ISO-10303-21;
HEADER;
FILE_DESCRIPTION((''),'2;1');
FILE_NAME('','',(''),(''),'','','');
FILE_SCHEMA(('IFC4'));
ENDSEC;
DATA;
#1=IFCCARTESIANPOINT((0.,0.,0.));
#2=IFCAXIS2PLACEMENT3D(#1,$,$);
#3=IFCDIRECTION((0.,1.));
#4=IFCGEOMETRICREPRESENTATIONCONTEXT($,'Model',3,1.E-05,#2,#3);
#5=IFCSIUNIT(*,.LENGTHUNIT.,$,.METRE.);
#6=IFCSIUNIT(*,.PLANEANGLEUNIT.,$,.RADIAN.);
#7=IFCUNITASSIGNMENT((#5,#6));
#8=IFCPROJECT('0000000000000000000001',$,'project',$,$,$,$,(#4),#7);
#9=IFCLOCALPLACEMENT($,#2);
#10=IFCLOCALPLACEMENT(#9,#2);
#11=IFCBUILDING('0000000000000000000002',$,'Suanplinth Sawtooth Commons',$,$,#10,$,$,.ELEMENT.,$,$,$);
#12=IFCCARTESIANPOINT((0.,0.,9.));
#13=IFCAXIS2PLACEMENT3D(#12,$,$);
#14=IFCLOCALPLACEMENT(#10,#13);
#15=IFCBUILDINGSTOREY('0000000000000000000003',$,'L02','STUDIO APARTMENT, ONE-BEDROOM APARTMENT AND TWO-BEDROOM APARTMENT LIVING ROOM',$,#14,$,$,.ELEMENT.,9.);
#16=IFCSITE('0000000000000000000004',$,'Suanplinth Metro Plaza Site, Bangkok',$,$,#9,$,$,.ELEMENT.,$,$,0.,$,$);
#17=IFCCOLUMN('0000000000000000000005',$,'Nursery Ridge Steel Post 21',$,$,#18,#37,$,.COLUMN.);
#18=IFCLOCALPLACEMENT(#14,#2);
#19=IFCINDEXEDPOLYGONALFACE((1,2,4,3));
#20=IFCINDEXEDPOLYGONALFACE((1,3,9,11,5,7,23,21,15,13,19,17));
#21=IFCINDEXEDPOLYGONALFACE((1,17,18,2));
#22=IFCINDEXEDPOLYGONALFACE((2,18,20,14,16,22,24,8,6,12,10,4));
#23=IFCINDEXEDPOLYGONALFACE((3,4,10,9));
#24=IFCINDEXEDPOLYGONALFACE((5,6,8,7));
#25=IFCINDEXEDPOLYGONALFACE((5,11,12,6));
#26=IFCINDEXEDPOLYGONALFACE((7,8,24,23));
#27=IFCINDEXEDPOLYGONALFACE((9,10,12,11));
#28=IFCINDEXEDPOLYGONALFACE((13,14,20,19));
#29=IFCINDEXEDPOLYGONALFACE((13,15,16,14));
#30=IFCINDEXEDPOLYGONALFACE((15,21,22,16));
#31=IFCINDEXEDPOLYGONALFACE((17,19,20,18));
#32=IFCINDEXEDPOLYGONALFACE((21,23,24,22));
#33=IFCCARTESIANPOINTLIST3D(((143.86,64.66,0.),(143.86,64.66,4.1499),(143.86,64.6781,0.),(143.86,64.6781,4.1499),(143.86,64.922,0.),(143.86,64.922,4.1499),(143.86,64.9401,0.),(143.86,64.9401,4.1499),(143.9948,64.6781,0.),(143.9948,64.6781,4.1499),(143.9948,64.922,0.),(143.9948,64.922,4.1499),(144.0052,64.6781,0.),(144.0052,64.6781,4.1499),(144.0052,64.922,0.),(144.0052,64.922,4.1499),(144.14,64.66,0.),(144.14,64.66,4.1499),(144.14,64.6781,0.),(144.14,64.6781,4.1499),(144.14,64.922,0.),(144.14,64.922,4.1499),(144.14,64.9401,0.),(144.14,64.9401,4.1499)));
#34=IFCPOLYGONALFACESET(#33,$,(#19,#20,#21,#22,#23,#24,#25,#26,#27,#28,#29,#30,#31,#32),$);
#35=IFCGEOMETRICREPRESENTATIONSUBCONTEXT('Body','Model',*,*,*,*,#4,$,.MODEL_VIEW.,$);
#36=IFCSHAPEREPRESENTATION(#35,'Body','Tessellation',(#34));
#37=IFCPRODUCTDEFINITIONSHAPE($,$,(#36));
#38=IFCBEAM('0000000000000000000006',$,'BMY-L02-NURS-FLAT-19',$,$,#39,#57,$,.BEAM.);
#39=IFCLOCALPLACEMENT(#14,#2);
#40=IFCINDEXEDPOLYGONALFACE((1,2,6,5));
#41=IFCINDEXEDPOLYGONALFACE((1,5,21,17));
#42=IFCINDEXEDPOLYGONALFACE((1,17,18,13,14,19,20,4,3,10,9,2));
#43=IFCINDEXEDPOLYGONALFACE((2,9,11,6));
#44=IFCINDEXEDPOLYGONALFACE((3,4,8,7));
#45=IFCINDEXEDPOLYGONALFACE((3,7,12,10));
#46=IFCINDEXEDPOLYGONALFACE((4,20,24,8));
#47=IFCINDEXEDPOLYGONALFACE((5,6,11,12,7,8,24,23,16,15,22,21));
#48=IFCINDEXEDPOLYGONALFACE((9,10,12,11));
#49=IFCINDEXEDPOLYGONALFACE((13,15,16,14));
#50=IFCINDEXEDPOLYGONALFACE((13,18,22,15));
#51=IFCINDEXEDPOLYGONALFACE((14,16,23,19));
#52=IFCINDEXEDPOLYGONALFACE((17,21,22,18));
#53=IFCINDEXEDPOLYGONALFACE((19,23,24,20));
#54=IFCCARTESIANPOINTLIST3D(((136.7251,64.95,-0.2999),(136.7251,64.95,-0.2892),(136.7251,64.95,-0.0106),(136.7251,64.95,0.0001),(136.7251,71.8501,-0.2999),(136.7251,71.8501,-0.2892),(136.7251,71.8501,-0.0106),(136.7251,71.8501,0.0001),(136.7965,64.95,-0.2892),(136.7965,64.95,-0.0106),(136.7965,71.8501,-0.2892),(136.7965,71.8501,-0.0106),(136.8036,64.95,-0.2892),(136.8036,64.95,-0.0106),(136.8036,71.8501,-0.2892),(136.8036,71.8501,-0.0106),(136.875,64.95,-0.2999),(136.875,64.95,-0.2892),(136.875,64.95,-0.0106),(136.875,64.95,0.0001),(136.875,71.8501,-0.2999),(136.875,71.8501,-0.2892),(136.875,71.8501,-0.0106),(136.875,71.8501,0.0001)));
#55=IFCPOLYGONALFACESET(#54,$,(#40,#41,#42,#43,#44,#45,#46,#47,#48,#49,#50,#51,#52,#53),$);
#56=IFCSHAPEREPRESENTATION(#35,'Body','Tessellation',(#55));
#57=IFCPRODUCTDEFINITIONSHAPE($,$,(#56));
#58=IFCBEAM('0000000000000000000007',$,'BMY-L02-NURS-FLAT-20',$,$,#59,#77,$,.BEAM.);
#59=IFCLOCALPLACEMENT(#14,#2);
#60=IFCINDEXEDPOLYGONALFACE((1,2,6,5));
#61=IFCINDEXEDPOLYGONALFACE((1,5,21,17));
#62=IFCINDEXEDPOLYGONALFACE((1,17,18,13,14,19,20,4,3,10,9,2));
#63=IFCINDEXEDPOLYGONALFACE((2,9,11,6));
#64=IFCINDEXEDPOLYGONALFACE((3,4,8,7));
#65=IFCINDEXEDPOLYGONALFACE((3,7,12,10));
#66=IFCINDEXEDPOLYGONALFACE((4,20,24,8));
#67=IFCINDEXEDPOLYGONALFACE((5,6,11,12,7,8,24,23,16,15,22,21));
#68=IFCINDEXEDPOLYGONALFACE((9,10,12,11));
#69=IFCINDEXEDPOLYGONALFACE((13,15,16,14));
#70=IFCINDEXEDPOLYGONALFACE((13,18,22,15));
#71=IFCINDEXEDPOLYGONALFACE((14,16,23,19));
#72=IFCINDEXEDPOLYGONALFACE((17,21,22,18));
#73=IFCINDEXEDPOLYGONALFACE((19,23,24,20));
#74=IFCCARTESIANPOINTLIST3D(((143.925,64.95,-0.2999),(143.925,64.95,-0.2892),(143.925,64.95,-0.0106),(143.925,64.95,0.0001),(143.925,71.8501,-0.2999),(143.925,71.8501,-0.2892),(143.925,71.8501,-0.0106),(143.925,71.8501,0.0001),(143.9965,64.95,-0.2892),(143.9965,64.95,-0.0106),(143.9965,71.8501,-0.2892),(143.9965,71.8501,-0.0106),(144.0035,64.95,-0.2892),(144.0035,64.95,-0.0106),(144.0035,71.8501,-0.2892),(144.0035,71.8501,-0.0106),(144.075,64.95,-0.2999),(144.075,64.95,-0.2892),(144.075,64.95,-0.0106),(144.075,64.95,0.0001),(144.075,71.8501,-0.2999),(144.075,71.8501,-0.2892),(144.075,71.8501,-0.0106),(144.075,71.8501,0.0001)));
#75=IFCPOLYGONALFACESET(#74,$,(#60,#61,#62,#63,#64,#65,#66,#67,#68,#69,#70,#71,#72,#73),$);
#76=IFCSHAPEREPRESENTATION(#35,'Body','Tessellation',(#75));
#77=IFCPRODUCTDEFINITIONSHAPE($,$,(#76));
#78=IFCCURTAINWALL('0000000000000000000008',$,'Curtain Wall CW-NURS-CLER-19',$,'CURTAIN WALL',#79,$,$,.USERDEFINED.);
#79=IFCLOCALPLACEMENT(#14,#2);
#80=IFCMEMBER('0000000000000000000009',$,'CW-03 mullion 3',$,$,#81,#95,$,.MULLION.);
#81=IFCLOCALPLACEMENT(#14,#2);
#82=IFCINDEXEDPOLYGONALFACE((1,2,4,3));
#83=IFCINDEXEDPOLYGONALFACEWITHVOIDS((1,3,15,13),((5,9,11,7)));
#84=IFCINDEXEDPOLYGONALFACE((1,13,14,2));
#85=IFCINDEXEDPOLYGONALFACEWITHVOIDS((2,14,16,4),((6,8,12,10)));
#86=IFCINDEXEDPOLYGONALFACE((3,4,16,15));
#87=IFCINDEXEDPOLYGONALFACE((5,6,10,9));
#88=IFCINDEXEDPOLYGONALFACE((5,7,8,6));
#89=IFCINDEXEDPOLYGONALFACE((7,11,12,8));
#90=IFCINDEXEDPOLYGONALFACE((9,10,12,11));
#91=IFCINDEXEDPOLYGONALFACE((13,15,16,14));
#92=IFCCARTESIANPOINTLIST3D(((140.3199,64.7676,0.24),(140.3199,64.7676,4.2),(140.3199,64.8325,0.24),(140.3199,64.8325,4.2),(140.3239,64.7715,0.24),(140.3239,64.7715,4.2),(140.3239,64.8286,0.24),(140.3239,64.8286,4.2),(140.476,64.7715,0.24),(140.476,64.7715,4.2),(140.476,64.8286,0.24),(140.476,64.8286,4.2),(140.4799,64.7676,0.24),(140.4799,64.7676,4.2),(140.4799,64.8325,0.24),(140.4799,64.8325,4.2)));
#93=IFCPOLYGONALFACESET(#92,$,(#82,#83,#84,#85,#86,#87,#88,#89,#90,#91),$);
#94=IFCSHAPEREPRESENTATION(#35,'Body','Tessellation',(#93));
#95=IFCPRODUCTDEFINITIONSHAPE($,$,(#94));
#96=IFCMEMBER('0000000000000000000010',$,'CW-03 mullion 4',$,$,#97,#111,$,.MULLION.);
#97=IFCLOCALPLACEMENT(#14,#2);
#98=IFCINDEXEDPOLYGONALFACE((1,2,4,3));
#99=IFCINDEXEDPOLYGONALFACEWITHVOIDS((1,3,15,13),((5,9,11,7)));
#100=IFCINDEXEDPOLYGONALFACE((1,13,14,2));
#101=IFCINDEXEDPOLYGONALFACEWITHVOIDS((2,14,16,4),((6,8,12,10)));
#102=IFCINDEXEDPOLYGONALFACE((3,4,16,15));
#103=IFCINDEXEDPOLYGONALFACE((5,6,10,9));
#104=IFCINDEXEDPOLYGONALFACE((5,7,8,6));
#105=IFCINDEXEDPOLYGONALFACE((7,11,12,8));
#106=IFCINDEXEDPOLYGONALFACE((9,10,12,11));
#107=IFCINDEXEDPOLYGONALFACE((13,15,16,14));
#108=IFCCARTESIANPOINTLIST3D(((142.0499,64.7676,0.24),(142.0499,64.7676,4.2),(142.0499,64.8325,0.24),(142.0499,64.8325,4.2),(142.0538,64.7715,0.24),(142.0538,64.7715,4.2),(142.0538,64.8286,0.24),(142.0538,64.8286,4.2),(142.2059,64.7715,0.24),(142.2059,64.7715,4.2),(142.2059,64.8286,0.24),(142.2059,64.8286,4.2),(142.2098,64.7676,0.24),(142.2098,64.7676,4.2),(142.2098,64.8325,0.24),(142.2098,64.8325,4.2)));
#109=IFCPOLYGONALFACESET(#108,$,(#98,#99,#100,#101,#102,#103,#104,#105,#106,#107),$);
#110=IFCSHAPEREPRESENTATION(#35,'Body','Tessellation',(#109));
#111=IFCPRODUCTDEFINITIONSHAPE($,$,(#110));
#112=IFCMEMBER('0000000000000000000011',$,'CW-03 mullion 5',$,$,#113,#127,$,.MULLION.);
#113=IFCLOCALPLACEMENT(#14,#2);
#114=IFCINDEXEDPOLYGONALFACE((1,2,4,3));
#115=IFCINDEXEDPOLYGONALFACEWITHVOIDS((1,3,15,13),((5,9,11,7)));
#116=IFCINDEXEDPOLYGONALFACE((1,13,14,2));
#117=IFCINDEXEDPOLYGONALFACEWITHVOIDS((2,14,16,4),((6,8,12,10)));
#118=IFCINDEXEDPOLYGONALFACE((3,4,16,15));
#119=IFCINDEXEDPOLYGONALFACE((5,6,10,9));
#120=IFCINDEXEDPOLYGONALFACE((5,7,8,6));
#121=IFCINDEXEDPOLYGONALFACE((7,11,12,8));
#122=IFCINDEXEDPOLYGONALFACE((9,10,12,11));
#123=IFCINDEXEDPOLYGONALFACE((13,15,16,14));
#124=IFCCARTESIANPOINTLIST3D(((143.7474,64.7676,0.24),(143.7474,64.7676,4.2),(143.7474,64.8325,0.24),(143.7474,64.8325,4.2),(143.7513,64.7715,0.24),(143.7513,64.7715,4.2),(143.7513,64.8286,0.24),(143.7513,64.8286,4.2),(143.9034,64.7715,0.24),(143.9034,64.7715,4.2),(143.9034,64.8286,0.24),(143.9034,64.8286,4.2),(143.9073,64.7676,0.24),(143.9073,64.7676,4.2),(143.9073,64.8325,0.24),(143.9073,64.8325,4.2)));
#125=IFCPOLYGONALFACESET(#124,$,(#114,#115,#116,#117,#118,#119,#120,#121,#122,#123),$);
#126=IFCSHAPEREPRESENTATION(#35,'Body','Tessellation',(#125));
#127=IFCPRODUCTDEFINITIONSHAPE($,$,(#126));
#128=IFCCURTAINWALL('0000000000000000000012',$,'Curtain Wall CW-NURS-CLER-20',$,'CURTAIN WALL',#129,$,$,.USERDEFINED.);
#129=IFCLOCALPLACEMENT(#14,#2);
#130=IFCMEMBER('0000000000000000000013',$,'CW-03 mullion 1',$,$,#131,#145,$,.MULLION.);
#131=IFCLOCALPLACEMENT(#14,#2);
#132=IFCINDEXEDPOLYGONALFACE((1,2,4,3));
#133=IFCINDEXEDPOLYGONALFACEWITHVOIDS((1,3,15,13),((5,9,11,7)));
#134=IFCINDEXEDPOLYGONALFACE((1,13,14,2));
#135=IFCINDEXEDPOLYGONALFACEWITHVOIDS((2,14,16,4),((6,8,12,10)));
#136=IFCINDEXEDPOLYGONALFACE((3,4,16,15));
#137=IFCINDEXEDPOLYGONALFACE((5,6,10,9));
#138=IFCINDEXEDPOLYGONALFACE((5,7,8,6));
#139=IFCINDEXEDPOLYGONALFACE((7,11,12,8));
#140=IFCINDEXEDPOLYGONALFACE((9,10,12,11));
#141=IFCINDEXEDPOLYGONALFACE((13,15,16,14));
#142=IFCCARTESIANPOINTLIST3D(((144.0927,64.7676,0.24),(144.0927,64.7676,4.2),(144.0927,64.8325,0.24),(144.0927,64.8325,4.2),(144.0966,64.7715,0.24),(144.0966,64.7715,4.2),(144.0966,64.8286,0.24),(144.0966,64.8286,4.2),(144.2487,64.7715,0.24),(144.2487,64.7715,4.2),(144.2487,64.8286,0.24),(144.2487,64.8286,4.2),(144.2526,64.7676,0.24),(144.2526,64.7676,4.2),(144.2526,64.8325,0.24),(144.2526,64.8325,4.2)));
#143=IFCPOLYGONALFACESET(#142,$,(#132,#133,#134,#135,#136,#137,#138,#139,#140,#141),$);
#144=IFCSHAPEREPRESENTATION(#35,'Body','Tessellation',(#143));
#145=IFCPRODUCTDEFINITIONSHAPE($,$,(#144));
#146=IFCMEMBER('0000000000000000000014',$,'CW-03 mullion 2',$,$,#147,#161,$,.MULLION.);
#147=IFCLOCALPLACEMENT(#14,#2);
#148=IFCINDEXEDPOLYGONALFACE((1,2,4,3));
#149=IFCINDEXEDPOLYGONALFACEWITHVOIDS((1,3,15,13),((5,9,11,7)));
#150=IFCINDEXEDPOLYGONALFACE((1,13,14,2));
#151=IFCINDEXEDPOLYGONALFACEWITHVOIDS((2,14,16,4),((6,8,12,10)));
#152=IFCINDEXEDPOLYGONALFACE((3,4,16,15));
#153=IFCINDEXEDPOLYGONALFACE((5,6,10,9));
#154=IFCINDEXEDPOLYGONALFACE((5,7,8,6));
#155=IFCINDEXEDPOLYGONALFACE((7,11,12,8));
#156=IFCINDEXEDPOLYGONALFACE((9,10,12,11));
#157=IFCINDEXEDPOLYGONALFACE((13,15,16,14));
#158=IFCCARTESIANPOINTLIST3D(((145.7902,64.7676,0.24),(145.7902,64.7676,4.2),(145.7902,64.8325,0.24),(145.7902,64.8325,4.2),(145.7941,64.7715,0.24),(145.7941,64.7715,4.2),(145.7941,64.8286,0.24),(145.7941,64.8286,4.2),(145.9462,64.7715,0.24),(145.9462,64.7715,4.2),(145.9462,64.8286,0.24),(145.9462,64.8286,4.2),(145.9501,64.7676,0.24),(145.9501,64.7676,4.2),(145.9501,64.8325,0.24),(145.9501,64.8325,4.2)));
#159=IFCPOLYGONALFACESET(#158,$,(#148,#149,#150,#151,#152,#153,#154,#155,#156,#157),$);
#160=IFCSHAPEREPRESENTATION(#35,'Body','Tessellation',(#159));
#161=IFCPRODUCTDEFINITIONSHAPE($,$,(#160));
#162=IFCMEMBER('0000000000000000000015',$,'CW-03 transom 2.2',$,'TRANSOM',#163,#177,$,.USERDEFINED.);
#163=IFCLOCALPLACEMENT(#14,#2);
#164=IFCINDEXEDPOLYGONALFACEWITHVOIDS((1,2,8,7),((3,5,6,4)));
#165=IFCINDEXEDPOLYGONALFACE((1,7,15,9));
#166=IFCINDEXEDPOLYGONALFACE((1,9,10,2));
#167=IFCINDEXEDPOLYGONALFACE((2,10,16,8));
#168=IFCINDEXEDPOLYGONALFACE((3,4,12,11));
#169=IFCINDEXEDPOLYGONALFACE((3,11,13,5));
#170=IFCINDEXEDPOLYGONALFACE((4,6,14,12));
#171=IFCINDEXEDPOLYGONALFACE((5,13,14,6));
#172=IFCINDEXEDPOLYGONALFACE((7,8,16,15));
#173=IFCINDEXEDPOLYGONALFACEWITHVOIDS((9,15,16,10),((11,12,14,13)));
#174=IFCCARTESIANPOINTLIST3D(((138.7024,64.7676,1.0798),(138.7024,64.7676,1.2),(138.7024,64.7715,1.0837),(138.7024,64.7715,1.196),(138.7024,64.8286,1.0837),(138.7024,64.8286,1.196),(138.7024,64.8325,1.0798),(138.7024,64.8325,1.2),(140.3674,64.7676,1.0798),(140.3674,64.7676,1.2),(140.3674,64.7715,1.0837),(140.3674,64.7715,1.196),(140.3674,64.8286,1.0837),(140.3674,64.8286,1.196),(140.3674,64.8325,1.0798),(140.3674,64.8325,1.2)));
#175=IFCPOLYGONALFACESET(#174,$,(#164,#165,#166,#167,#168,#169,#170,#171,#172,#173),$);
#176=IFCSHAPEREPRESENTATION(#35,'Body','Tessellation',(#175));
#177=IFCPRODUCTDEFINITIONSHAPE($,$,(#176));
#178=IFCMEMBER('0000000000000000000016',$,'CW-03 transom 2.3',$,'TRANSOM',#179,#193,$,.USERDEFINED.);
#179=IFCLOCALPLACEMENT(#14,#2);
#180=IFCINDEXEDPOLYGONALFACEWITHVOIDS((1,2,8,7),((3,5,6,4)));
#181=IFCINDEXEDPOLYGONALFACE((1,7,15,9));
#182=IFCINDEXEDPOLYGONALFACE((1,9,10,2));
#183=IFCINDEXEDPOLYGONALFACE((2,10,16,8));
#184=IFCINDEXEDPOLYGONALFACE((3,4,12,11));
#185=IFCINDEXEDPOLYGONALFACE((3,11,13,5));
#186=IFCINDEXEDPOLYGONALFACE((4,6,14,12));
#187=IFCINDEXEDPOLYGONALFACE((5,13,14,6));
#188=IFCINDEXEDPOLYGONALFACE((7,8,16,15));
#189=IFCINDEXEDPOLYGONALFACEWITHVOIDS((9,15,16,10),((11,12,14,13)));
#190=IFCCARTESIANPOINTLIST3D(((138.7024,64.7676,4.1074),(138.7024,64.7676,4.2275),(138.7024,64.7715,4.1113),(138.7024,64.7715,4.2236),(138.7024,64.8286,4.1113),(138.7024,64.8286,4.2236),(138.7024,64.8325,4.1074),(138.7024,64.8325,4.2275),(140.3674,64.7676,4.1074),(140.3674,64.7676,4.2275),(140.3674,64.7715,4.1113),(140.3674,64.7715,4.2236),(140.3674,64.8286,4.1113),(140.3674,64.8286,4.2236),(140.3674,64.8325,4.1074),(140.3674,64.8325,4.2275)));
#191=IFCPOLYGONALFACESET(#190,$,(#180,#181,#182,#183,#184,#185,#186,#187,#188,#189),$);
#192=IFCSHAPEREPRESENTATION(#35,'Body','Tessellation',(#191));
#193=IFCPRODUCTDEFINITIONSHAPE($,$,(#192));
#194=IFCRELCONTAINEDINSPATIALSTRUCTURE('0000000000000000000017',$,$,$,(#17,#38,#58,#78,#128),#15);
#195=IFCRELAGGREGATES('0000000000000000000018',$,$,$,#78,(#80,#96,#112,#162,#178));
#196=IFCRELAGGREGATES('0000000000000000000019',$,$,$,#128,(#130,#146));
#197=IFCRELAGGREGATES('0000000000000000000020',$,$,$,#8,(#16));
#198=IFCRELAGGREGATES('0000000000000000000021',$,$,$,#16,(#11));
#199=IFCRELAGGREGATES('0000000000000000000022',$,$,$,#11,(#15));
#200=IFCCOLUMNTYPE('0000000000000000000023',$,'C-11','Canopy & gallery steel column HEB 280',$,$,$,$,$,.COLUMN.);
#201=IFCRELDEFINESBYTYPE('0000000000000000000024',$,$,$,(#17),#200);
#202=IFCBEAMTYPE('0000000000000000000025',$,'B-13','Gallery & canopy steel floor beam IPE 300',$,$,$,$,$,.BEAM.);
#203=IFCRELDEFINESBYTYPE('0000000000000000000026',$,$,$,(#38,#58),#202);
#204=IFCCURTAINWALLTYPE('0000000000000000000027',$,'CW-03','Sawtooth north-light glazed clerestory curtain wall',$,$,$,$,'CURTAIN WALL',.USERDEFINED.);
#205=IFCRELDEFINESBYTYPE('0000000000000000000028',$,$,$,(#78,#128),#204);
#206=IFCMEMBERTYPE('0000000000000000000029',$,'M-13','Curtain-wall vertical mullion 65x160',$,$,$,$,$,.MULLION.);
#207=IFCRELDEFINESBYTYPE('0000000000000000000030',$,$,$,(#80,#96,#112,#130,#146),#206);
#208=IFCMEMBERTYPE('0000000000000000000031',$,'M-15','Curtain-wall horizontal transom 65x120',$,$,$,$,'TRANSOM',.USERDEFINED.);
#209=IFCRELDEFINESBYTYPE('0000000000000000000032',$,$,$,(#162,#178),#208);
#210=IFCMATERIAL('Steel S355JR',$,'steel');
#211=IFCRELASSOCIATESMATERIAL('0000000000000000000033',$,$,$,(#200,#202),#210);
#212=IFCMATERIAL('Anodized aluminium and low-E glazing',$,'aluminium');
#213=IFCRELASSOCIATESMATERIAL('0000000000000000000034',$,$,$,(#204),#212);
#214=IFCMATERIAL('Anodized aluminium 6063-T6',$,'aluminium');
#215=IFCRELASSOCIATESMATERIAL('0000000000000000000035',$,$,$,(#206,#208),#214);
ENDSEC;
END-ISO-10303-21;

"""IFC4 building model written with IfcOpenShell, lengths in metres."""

from ifc_helpers import new_model, si_unit, direction, frame, origin, origin_2d, place, context, subcontext, project, spatial, hollow_rectangle, i_section, extrude, material, material_profile, profile_set, type_object, element, aggregate, save


model = new_model("IFC4")

# Units and contexts
model_context = context("Model", 3, precision=1e-05, world=origin(), true_north=direction((0.0, 1.0)))
body_context = subcontext(model_context, "Body", "Model", "MODEL_VIEW")
ifc_project = project(units=[si_unit("LENGTHUNIT", "METRE"), si_unit("PLANEANGLEUNIT", "RADIAN")], contexts=[model_context])

# Site, building, storey
site_placement = place(None, origin())
site = spatial("IfcSite", under=ifc_project, at=site_placement, Name="Suanplinth Metro Plaza Site, Bangkok", CompositionType="ELEMENT", RefElevation=0.0)
building_placement = place(site_placement, origin())
building = spatial("IfcBuilding", under=site, at=building_placement, Name="Suanplinth Sawtooth Commons", CompositionType="ELEMENT")
storey_placement = place(building_placement, frame((0.0, 0.0, 9.0)))
storey = spatial("IfcBuildingStorey", under=building, at=storey_placement, Name="L02", Description="STUDIO APARTMENT, ONE-BEDROOM APARTMENT AND TWO-BEDROOM APARTMENT LIVING ROOM", CompositionType="ELEMENT", Elevation=9.0)

# Column
ifc_material_1 = material(Name="Steel S355JR", Category="steel")
ifc_material_profile_1 = material_profile(ifc_material_1, i_section(OverallWidth=0.28, OverallDepth=0.28, WebThickness=0.0105, FlangeThickness=0.0181, at=origin_2d()), Name="HEB 280")
ifc_profile_set_1 = profile_set([ifc_material_profile_1], Name="Steel S355JR")
column_type = type_object("IfcColumnType", Name="C-11", Description="Canopy & gallery steel column HEB 280", PredefinedType="COLUMN", material=ifc_profile_set_1)
column_placement = place(storey_placement, frame((144.0, 64.8, 0.0), z_axis=(0.0, 0.0, 1.0), x_axis=(1.0, 0.0, 0.0)))
element("IfcColumn", 1, at=column_placement, inside=storey, type_object=column_type, Name="Nursery Ridge Steel Post 21", PredefinedType="COLUMN", context=body_context, shape_type="SweptSolid", body=[
    extrude(i_section(OverallWidth=0.28, OverallDepth=0.28, WebThickness=0.0105, FlangeThickness=0.0181, at=origin_2d()), origin(), (0.0, 0.0, 1.0), 4.1499),
])

# Beams
ifc_material_profile_2 = material_profile(ifc_material_1, i_section(OverallWidth=0.1499, OverallDepth=0.3, WebThickness=0.0071, FlangeThickness=0.0107, at=origin_2d()), Name="IPE 300")
ifc_profile_set_2 = profile_set([ifc_material_profile_2], Name="Steel S355JR")
beam_type = type_object("IfcBeamType", Name="B-13", Description="Gallery & canopy steel floor beam IPE 300", PredefinedType="BEAM", material=ifc_profile_set_2)
for number, where, z_axis, x_axis, name in (
    (2, (136.8, 64.95, -0.1499), (0.0, 1.0, 0.0), (-1.0, 0.0, 0.0), "BMY-L02-NURS-FLAT-19"),
    (3, (144.0, 64.95, -0.1499), (0.0, 1.0, 0.0), (-1.0, 0.0, 0.0), "BMY-L02-NURS-FLAT-20"),
):
    element("IfcBeam", number, at=place(storey_placement, frame(where, z_axis=z_axis, x_axis=x_axis)), inside=storey, type_object=beam_type, Name=name, PredefinedType="BEAM", context=body_context, shape_type="SweptSolid", body=[
        extrude(i_section(OverallWidth=0.1499, OverallDepth=0.3, WebThickness=0.0071, FlangeThickness=0.0107, at=origin_2d()), origin(), (0.0, 0.0, 1.0), 6.9001),
    ])

# Curtain walls, members
ifc_material_2 = material(Name="Anodized aluminium and low-E glazing", Category="aluminium")
curtain_wall_type = type_object("IfcCurtainWallType", Name="CW-03", Description="Sawtooth north-light glazed clerestory curtain wall", ElementType="CURTAIN WALL", PredefinedType="USERDEFINED", material=ifc_material_2)
curtain_wall_1_placement = place(storey_placement, origin())
curtain_wall_1 = element("IfcCurtainWall", 4, at=curtain_wall_1_placement, inside=storey, type_object=curtain_wall_type, Name="Curtain Wall CW-NURS-CLER-19", ObjectType="CURTAIN WALL", PredefinedType="USERDEFINED")
ifc_material_3 = material(Name="Anodized aluminium 6063-T6", Category="aluminium")
ifc_material_profile_3 = material_profile(ifc_material_3, hollow_rectangle(XDim=0.0649, YDim=0.1599, WallThickness=0.0039, at=origin_2d()), Name="ALU-MUL 65x160")
ifc_profile_set_3 = profile_set([ifc_material_profile_3], Name="Anodized aluminium 6063-T6")
member_type_1 = type_object("IfcMemberType", Name="M-13", Description="Curtain-wall vertical mullion 65x160", PredefinedType="MULLION", material=ifc_profile_set_3)
member_1_placement = place(storey_placement, frame((140.3999, 64.8, 0.24), z_axis=(0.0, 0.0, 1.0), x_axis=(0.0, 1.0, 0.0)))
member_1 = element("IfcMember", 5, at=member_1_placement, type_object=member_type_1, Name="CW-03 mullion 3", PredefinedType="MULLION", context=body_context, shape_type="SweptSolid", body=[
    extrude(hollow_rectangle(XDim=0.0649, YDim=0.1599, WallThickness=0.0039, at=origin_2d()), origin(), (0.0, 0.0, 1.0), 3.96),
])
member_2_placement = place(storey_placement, frame((142.1299, 64.8, 0.24), z_axis=(0.0, 0.0, 1.0), x_axis=(0.0, 1.0, 0.0)))
member_2 = element("IfcMember", 6, at=member_2_placement, type_object=member_type_1, Name="CW-03 mullion 4", PredefinedType="MULLION", context=body_context, shape_type="SweptSolid", body=[
    extrude(hollow_rectangle(XDim=0.0649, YDim=0.1599, WallThickness=0.0039, at=origin_2d()), origin(), (0.0, 0.0, 1.0), 3.96),
])
member_3_placement = place(storey_placement, frame((143.8274, 64.8, 0.24), z_axis=(0.0, 0.0, 1.0), x_axis=(0.0, 1.0, 0.0)))
member_3 = element("IfcMember", 7, at=member_3_placement, type_object=member_type_1, Name="CW-03 mullion 5", PredefinedType="MULLION", context=body_context, shape_type="SweptSolid", body=[
    extrude(hollow_rectangle(XDim=0.0649, YDim=0.1599, WallThickness=0.0039, at=origin_2d()), origin(), (0.0, 0.0, 1.0), 3.96),
])
curtain_wall_2_placement = place(storey_placement, origin())
curtain_wall_2 = element("IfcCurtainWall", 8, at=curtain_wall_2_placement, inside=storey, type_object=curtain_wall_type, Name="Curtain Wall CW-NURS-CLER-20", ObjectType="CURTAIN WALL", PredefinedType="USERDEFINED")
member_4_placement = place(storey_placement, frame((144.1726, 64.8, 0.24), z_axis=(0.0, 0.0, 1.0), x_axis=(0.0, 1.0, 0.0)))
member_4 = element("IfcMember", 9, at=member_4_placement, type_object=member_type_1, Name="CW-03 mullion 1", PredefinedType="MULLION", context=body_context, shape_type="SweptSolid", body=[
    extrude(hollow_rectangle(XDim=0.0649, YDim=0.1599, WallThickness=0.0039, at=origin_2d()), origin(), (0.0, 0.0, 1.0), 3.96),
])
member_5_placement = place(storey_placement, frame((145.8701, 64.8, 0.24), z_axis=(0.0, 0.0, 1.0), x_axis=(0.0, 1.0, 0.0)))
member_5 = element("IfcMember", 10, at=member_5_placement, type_object=member_type_1, Name="CW-03 mullion 2", PredefinedType="MULLION", context=body_context, shape_type="SweptSolid", body=[
    extrude(hollow_rectangle(XDim=0.0649, YDim=0.1599, WallThickness=0.0039, at=origin_2d()), origin(), (0.0, 0.0, 1.0), 3.96),
])

# Members
ifc_material_profile_4 = material_profile(ifc_material_3, hollow_rectangle(XDim=0.0649, YDim=0.1201, WallThickness=0.0039, at=origin_2d()), Name="ALU-TRN 65x120")
ifc_profile_set_4 = profile_set([ifc_material_profile_4], Name="Anodized aluminium 6063-T6")
member_type_2 = type_object("IfcMemberType", Name="M-15", Description="Curtain-wall horizontal transom 65x120", ElementType="TRANSOM", PredefinedType="USERDEFINED", material=ifc_profile_set_4)
member_6_placement = place(storey_placement, frame((138.7024, 64.8, 1.1399), z_axis=(1.0, 0.0, 0.0), x_axis=(0.0, 1.0, 0.0)))
member_6 = element("IfcMember", 11, at=member_6_placement, type_object=member_type_2, Name="CW-03 transom 2.2", ObjectType="TRANSOM", PredefinedType="USERDEFINED", context=body_context, shape_type="SweptSolid", body=[
    extrude(hollow_rectangle(XDim=0.0649, YDim=0.1201, WallThickness=0.0039, at=origin_2d()), origin(), (0.0, 0.0, 1.0), 1.665),
])
member_7_placement = place(storey_placement, frame((138.7024, 64.8, 4.1675), z_axis=(1.0, 0.0, 0.0), x_axis=(0.0, 1.0, 0.0)))
member_7 = element("IfcMember", 12, at=member_7_placement, type_object=member_type_2, Name="CW-03 transom 2.3", ObjectType="TRANSOM", PredefinedType="USERDEFINED", context=body_context, shape_type="SweptSolid", body=[
    extrude(hollow_rectangle(XDim=0.0649, YDim=0.1201, WallThickness=0.0039, at=origin_2d()), origin(), (0.0, 0.0, 1.0), 1.665),
])

aggregate(curtain_wall_1, [member_1, member_2, member_3, member_6, member_7])
aggregate(curtain_wall_2, [member_4, member_5])

save(model, "model.ifc")
